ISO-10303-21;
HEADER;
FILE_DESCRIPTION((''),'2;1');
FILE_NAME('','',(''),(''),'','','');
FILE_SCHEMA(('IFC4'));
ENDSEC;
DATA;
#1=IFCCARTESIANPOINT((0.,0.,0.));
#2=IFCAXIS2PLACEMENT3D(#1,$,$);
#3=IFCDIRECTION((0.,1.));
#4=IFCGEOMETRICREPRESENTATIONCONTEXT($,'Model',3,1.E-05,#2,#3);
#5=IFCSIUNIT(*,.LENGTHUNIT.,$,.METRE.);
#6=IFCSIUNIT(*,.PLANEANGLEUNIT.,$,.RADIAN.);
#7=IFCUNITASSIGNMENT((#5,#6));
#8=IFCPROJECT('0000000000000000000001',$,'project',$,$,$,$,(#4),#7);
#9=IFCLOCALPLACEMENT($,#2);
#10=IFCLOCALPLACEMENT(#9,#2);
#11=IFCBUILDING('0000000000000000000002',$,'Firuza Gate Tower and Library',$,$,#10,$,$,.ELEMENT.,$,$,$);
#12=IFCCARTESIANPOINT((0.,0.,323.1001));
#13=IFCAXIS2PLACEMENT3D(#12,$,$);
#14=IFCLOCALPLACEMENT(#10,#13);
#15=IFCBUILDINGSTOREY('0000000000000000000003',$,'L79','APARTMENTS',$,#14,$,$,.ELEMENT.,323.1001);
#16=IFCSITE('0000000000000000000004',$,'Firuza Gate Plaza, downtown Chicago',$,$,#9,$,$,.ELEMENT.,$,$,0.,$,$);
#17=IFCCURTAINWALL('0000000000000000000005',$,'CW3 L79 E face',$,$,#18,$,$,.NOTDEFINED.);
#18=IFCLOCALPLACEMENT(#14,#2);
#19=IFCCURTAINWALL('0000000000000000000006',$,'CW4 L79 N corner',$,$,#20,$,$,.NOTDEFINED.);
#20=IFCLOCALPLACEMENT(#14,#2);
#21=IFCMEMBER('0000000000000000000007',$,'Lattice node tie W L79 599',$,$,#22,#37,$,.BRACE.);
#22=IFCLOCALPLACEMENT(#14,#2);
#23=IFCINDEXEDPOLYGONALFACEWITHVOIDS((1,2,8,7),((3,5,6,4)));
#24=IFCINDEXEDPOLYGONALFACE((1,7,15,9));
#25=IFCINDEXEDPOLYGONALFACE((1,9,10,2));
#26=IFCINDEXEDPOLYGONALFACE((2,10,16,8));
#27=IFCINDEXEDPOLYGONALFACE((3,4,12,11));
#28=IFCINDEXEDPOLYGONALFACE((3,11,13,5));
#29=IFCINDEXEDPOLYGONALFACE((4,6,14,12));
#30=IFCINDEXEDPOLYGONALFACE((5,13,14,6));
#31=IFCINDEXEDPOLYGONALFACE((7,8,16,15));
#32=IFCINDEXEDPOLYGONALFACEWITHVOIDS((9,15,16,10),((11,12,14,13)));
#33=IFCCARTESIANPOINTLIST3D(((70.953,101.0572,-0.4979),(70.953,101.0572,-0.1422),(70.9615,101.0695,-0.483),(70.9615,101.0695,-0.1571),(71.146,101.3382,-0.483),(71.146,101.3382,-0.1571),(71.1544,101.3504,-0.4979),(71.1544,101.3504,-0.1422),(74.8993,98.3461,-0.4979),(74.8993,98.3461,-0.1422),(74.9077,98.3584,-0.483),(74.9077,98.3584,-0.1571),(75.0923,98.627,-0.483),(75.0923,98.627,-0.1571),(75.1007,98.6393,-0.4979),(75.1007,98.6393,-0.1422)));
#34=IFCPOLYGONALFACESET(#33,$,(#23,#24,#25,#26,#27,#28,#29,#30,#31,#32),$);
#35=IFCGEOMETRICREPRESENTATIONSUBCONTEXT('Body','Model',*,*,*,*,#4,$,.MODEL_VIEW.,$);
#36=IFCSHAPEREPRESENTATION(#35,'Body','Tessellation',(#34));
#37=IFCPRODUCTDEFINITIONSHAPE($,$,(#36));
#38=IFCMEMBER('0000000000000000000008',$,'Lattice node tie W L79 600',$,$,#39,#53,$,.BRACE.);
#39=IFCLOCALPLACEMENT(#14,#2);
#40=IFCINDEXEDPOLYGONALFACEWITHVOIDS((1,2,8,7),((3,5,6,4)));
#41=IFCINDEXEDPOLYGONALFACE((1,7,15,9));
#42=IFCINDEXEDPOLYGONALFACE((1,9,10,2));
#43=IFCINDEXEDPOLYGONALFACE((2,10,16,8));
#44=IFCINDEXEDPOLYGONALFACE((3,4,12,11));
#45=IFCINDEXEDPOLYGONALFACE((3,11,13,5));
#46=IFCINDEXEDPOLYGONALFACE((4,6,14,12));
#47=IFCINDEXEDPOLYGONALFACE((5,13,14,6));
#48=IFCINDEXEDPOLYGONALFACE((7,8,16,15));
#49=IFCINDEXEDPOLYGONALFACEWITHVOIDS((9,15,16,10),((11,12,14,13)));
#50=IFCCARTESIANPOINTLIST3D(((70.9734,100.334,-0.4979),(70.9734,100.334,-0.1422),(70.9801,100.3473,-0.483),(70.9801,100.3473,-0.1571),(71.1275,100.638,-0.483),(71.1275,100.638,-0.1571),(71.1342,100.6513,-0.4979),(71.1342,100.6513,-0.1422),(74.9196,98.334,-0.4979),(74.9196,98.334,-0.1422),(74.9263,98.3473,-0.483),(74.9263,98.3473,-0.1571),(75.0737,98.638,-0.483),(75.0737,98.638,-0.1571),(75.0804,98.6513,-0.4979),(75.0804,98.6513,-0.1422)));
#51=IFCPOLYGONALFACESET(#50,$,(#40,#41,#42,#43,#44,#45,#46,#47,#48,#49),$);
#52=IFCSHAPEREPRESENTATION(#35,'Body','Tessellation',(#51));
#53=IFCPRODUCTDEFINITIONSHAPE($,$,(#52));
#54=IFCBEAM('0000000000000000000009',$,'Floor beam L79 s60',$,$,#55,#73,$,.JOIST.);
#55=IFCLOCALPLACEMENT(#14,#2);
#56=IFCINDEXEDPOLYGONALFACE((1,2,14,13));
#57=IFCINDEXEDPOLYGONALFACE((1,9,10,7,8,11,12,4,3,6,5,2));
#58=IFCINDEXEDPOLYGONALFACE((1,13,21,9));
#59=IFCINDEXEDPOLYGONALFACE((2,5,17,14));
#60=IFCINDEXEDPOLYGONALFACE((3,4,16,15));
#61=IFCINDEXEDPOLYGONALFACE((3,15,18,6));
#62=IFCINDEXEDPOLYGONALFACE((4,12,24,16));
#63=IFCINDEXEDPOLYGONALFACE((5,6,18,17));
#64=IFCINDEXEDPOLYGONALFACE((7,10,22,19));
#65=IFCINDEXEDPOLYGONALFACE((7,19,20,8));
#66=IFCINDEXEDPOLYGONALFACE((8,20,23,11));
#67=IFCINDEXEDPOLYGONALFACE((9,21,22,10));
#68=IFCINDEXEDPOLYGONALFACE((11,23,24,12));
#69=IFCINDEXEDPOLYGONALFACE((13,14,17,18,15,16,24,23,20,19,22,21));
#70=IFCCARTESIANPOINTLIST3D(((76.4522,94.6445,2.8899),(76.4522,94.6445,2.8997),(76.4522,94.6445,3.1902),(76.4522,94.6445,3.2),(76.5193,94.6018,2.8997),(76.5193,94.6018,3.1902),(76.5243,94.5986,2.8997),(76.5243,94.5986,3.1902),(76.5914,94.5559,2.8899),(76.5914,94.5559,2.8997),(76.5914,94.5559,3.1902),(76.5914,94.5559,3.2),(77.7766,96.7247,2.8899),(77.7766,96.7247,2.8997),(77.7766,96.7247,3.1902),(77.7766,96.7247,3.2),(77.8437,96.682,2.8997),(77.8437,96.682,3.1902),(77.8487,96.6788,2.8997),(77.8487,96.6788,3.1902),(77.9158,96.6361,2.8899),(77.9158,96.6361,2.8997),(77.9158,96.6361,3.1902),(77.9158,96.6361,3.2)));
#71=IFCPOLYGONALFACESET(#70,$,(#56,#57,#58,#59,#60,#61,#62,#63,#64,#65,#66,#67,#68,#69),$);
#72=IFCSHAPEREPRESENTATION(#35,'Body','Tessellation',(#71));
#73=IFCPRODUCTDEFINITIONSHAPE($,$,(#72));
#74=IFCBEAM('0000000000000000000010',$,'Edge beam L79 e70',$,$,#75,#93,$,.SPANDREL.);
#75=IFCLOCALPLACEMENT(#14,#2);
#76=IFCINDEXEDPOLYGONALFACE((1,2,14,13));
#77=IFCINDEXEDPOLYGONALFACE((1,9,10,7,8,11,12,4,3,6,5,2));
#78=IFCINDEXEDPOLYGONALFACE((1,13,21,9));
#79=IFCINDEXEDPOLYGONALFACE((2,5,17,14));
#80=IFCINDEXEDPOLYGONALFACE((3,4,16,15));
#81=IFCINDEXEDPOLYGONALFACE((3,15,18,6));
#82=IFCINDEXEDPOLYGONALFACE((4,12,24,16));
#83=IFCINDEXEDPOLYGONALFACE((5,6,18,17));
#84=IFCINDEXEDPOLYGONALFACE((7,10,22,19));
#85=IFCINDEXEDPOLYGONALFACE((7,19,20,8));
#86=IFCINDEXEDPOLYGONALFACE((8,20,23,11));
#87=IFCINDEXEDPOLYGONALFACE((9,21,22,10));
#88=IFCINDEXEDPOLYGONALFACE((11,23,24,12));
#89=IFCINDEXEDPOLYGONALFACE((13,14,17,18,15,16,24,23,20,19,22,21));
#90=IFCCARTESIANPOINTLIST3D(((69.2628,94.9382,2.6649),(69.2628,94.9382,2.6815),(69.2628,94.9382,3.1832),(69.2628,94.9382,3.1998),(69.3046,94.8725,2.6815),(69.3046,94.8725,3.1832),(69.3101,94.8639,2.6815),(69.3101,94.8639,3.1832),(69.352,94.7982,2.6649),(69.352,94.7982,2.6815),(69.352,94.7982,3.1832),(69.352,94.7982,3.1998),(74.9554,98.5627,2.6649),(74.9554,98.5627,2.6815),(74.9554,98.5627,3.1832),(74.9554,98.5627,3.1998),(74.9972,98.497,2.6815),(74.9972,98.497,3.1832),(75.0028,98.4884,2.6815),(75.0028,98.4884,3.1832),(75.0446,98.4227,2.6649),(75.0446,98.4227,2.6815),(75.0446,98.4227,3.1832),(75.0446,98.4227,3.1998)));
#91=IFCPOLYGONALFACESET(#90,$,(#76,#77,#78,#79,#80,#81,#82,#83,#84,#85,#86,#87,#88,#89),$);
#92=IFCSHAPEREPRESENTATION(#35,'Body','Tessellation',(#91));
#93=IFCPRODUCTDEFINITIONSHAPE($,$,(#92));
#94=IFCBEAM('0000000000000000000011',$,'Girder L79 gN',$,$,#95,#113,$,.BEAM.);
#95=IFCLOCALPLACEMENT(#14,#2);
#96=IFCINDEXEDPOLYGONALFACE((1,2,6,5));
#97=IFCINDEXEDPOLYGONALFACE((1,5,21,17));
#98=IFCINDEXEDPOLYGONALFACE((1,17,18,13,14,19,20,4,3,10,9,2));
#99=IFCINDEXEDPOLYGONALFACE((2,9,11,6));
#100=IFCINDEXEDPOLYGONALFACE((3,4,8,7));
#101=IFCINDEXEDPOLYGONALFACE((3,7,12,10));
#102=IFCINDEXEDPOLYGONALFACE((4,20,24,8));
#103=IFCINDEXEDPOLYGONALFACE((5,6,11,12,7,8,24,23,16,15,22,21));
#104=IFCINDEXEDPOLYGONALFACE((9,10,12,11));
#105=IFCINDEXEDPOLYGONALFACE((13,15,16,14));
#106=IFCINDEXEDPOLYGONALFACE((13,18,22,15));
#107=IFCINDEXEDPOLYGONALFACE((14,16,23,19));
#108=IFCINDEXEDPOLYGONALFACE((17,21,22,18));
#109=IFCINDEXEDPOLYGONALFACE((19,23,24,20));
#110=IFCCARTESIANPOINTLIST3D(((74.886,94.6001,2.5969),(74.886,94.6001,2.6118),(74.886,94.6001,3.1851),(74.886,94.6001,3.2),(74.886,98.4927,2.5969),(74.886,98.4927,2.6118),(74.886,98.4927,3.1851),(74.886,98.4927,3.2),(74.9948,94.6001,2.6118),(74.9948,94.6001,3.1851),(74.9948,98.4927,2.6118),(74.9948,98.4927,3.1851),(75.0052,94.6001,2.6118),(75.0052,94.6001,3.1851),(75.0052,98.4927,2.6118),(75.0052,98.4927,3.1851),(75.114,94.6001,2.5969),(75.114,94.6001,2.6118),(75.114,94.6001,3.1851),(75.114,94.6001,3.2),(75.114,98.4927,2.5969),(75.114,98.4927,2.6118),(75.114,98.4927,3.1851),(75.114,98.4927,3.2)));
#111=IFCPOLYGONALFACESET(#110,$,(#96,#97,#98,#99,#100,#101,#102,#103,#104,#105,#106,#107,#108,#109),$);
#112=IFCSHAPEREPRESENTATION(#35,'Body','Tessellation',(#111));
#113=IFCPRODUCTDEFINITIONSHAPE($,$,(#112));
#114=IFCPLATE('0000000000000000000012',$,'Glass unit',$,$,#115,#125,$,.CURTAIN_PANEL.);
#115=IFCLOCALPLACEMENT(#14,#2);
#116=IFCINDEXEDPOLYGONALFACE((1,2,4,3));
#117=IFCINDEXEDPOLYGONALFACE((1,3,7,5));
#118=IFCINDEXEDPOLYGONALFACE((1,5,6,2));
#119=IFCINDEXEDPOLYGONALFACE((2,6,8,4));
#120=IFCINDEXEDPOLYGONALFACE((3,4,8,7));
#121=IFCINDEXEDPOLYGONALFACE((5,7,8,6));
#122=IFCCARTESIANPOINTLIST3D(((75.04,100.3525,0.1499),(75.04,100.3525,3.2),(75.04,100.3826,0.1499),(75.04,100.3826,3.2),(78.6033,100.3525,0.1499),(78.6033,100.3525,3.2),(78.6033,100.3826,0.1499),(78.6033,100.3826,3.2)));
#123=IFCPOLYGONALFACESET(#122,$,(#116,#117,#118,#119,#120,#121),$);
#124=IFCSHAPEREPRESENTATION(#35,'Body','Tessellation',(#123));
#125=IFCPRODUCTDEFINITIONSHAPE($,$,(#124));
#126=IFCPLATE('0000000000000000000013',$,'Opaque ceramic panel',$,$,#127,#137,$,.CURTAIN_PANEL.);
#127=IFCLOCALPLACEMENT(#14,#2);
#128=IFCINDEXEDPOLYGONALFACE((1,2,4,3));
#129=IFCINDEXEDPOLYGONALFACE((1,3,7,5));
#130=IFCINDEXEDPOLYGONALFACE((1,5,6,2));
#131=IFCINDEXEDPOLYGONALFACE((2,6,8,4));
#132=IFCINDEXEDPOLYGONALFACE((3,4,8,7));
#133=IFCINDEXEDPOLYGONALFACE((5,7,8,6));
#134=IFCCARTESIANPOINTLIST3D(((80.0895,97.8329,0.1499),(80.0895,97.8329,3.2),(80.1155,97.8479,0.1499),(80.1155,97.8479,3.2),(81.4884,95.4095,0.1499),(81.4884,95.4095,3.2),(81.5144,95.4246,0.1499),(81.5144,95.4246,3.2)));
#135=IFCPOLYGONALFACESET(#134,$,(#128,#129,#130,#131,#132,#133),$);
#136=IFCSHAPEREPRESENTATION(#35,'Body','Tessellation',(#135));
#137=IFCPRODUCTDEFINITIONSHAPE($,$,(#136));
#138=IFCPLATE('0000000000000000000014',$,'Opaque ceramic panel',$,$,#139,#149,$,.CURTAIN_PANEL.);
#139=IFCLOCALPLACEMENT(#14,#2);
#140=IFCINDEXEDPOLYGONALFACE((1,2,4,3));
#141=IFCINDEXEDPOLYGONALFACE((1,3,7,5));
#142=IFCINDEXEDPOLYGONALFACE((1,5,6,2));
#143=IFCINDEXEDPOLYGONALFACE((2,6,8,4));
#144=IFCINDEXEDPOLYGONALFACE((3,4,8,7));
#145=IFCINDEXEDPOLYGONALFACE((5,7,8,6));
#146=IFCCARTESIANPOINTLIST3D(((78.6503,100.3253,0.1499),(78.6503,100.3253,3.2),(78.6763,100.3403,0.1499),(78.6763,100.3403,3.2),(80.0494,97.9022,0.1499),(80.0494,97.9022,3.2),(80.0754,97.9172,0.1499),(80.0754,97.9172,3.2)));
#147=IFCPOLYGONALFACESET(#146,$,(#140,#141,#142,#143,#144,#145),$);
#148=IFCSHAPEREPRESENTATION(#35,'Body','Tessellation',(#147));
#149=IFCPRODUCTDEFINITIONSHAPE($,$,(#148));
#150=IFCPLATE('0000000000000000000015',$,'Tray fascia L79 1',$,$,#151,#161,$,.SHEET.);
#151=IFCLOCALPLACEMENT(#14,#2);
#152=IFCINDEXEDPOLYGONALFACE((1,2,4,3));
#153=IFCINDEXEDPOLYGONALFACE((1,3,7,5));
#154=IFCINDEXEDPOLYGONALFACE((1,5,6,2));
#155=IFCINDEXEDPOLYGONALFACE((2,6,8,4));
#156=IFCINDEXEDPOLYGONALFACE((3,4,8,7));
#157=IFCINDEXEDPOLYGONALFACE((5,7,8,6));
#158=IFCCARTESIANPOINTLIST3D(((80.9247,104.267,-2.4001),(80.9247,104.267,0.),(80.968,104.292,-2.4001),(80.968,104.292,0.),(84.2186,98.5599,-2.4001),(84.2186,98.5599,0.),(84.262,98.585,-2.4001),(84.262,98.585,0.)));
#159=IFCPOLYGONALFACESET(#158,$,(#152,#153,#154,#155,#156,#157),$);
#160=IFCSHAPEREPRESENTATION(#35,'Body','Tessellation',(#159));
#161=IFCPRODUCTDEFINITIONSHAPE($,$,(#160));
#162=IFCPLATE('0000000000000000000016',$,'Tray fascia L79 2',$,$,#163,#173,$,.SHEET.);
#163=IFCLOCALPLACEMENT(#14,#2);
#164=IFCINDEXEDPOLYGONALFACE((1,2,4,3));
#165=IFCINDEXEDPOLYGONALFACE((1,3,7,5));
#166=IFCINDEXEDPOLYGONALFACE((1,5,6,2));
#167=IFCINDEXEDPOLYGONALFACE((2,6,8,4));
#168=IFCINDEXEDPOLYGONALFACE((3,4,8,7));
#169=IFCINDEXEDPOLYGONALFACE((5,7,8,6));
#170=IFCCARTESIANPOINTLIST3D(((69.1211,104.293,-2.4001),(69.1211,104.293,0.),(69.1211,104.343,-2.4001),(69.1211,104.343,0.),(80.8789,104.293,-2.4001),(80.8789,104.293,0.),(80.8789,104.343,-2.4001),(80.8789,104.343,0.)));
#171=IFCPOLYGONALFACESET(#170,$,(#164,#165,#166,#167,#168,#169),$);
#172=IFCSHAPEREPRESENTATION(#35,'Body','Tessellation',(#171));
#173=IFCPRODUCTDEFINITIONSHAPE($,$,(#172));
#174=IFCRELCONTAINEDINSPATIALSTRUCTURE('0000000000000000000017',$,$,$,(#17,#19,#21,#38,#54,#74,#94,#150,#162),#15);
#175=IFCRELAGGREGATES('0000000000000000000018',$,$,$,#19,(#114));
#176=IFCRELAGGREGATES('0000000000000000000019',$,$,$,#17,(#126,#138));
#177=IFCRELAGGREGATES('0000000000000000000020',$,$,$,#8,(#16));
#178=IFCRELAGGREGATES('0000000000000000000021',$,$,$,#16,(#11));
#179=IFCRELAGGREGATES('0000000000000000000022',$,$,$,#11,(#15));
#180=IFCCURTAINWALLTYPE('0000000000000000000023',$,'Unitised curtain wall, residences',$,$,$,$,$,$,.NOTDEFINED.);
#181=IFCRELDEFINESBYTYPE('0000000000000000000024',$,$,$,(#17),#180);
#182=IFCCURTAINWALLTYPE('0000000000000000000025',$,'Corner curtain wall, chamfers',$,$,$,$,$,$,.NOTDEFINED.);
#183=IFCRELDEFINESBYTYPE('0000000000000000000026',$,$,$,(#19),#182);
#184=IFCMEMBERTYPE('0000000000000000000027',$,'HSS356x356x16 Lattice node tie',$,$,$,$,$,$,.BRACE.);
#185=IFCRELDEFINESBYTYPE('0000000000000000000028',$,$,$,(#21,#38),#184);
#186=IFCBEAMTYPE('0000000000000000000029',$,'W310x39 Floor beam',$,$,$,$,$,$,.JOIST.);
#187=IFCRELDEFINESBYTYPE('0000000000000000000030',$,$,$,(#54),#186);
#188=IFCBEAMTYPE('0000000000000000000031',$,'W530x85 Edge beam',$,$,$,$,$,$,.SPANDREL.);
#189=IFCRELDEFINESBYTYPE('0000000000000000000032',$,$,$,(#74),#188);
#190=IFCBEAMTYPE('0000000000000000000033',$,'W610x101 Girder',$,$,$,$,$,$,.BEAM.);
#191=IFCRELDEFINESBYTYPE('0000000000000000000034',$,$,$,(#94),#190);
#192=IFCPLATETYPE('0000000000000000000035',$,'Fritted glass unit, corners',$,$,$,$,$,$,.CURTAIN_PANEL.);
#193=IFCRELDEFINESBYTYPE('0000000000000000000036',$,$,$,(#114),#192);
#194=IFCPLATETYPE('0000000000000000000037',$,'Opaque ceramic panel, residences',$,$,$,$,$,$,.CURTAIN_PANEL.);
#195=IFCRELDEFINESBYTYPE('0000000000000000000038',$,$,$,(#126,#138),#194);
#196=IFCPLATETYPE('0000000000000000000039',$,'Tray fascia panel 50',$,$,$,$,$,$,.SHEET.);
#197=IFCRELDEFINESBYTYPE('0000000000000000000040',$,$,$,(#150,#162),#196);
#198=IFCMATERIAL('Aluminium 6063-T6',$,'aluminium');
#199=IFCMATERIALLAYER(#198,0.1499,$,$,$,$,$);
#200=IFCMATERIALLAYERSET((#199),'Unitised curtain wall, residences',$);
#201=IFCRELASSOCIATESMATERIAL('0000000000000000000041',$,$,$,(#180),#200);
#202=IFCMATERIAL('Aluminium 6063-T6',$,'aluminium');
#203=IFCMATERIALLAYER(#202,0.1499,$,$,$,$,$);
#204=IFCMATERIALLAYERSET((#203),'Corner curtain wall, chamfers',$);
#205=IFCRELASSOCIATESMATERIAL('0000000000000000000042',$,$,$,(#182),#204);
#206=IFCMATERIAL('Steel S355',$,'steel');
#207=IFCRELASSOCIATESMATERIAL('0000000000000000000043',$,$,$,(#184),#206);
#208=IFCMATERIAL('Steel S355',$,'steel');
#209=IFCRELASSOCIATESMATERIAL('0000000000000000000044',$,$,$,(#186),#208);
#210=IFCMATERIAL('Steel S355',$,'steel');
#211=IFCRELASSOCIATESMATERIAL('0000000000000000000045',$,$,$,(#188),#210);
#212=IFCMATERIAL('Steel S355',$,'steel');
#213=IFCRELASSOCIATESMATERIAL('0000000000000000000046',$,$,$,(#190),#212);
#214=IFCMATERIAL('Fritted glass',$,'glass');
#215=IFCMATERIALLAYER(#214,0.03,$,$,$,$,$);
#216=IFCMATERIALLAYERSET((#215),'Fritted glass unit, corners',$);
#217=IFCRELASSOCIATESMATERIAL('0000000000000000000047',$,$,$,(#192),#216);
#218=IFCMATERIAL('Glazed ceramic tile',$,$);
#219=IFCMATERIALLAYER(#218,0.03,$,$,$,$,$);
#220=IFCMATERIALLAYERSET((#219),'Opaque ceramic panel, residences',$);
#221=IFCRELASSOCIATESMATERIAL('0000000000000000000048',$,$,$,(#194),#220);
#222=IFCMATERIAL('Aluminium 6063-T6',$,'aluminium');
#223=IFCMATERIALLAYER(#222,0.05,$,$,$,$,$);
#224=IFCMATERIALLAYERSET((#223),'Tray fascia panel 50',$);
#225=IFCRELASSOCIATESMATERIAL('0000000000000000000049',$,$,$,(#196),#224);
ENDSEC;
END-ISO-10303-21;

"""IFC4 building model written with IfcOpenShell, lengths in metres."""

from ifc_helpers import new_model, si_unit, direction, frame, origin, origin_2d, place, context, subcontext, project, spatial, polyline, hollow_rectangle, i_section, outline, extrude, material, layer, layer_set, material_profile, profile_set, type_object, element, aggregate, save


model = new_model("IFC4")

# Units and contexts
model_context = context("Model", 3, precision=1e-05, world=origin(), true_north=direction((0.0, 1.0)))
body_context = subcontext(model_context, "Body", "Model", "MODEL_VIEW")
ifc_project = project(units=[si_unit("LENGTHUNIT", "METRE"), si_unit("PLANEANGLEUNIT", "RADIAN")], contexts=[model_context])

# Site, building, storey
site_placement = place(None, origin())
site = spatial("IfcSite", under=ifc_project, at=site_placement, Name="Firuza Gate Plaza, downtown Chicago", CompositionType="ELEMENT", RefElevation=0.0)
building_placement = place(site_placement, origin())
building = spatial("IfcBuilding", under=site, at=building_placement, Name="Firuza Gate Tower and Library", CompositionType="ELEMENT")
storey_placement = place(building_placement, frame((0.0, 0.0, 323.1001)))
storey = spatial("IfcBuildingStorey", under=building, at=storey_placement, Name="L79", Description="APARTMENTS", CompositionType="ELEMENT", Elevation=323.1001)

# Curtain walls
ifc_material_1 = material(Name="Aluminium 6063-T6", Category="aluminium")
ifc_layer_1 = layer(ifc_material_1, 0.1499)
ifc_layer_set_1 = layer_set([ifc_layer_1], Name="Unitised curtain wall, residences")
curtain_wall_type_1 = type_object("IfcCurtainWallType", Name="Unitised curtain wall, residences", PredefinedType="NOTDEFINED", material=ifc_layer_set_1)
placement = place(storey_placement, origin())
curtain_wall_1 = element("IfcCurtainWall", 1, at=placement, inside=storey, type_object=curtain_wall_type_1, Name="CW3 L79 E face", PredefinedType="NOTDEFINED")
ifc_material_2 = material(Name="Aluminium 6063-T6", Category="aluminium")
ifc_layer_2 = layer(ifc_material_2, 0.1499)
ifc_layer_set_2 = layer_set([ifc_layer_2], Name="Corner curtain wall, chamfers")
curtain_wall_type_2 = type_object("IfcCurtainWallType", Name="Corner curtain wall, chamfers", PredefinedType="NOTDEFINED", material=ifc_layer_set_2)
curtain_wall_2 = element("IfcCurtainWall", 2, at=placement, inside=storey, type_object=curtain_wall_type_2, Name="CW4 L79 N corner", PredefinedType="NOTDEFINED")

# Members
ifc_material_3 = material(Name="Steel S355", Category="steel")
ifc_material_profile_1 = material_profile(ifc_material_3, hollow_rectangle(XDim=0.3557, YDim=0.3557, WallThickness=0.0149, at=origin_2d()))
ifc_profile_set_1 = profile_set([ifc_material_profile_1], Name="Steel S355")
member_type_1 = type_object("IfcMemberType", Name="HSS356x356x16 Lattice node tie", PredefinedType="BRACE", material=ifc_profile_set_1)
member_1_placement = place(storey_placement, frame((75.0, 98.4927, -0.3201), z_axis=(-0.824226, 0.56626, 0.0), x_axis=(-0.56626, -0.824226, 0.0)))
element("IfcMember", 3, at=member_1_placement, inside=storey, type_object=member_type_1, Name="Lattice node tie W L79 599", PredefinedType="BRACE", context=body_context, shape_type="SweptSolid", body=[
    extrude(hollow_rectangle(XDim=0.3557, YDim=0.3557, WallThickness=0.0149, at=origin_2d()), origin(), (0.0, 0.0, 1.0), 4.7878),
])
member_2_placement = place(storey_placement, frame((75.0, 98.4927, -0.3201), z_axis=(-0.891986, 0.452063, 0.0), x_axis=(-0.452063, -0.891986, 0.0)))
element("IfcMember", 4, at=member_2_placement, inside=storey, type_object=member_type_1, Name="Lattice node tie W L79 600", PredefinedType="BRACE", context=body_context, shape_type="SweptSolid", body=[
    extrude(hollow_rectangle(XDim=0.3557, YDim=0.3557, WallThickness=0.0149, at=origin_2d()), origin(), (0.0, 0.0, 1.0), 4.4241),
])

# Beams
ifc_material_4 = material(Name="Steel S355", Category="steel")
ifc_material_profile_2 = material_profile(ifc_material_4, i_section(OverallWidth=0.165, OverallDepth=0.3101, WebThickness=0.0059, FlangeThickness=0.0098, at=origin_2d()))
ifc_profile_set_2 = profile_set([ifc_material_profile_2], Name="Steel S355")
beam_type_1 = type_object("IfcBeamType", Name="W310x39 Floor beam", PredefinedType="JOIST", material=ifc_profile_set_2)
beam_1_placement = place(storey_placement, frame((77.8462, 96.6804, 3.0449), z_axis=(-0.537055, -0.843547, 0.0), x_axis=(0.843547, -0.537055, 0.0)))
element("IfcBeam", 5, at=beam_1_placement, inside=storey, type_object=beam_type_1, Name="Floor beam L79 s60", PredefinedType="JOIST", context=body_context, shape_type="SweptSolid", body=[
    extrude(i_section(OverallWidth=0.165, OverallDepth=0.3101, WebThickness=0.0059, FlangeThickness=0.0098, at=origin_2d()), origin(), (0.0, 0.0, 1.0), 2.4661),
])
ifc_material_5 = material(Name="Steel S355", Category="steel")
ifc_material_profile_3 = material_profile(ifc_material_5, i_section(OverallWidth=0.166, OverallDepth=0.5349, WebThickness=0.0103, FlangeThickness=0.0166, at=origin_2d()))
ifc_profile_set_3 = profile_set([ifc_material_profile_3], Name="Steel S355")
beam_type_2 = type_object("IfcBeamType", Name="W530x85 Edge beam", PredefinedType="SPANDREL", material=ifc_profile_set_3)
beam_2_placement = place(storey_placement, frame((75.0, 98.4927, 2.9324), z_axis=(-0.843532, -0.537079, 0.0), x_axis=(0.537079, -0.843532, 0.0)))
element("IfcBeam", 6, at=beam_2_placement, inside=storey, type_object=beam_type_2, Name="Edge beam L79 e70", PredefinedType="SPANDREL", context=body_context, shape_type="SweptSolid", body=[
    extrude(i_section(OverallWidth=0.166, OverallDepth=0.5349, WebThickness=0.0103, FlangeThickness=0.0166, at=origin_2d()), origin(), (0.0, 0.0, 1.0), 6.7485),
])
ifc_material_6 = material(Name="Steel S355", Category="steel")
ifc_material_profile_4 = material_profile(ifc_material_6, i_section(OverallWidth=0.228, OverallDepth=0.603, WebThickness=0.0105, FlangeThickness=0.0149, at=origin_2d()))
ifc_profile_set_4 = profile_set([ifc_material_profile_4], Name="Steel S355")
beam_type_3 = type_object("IfcBeamType", Name="W610x101 Girder", PredefinedType="BEAM", material=ifc_profile_set_4)
beam_3_placement = place(storey_placement, frame((75.0, 98.4927, 2.8984), z_axis=(0.0, -1.0, 0.0), x_axis=(1.0, 0.0, 0.0)))
element("IfcBeam", 7, at=beam_3_placement, inside=storey, type_object=beam_type_3, Name="Girder L79 gN", PredefinedType="BEAM", context=body_context, shape_type="SweptSolid", body=[
    extrude(i_section(OverallWidth=0.228, OverallDepth=0.603, WebThickness=0.0105, FlangeThickness=0.0149, at=origin_2d()), origin(), (0.0, 0.0, 1.0), 3.8926),
])

# Plates
ifc_material_7 = material(Name="Fritted glass", Category="glass")
ifc_layer_3 = layer(ifc_material_7, 0.03)
ifc_layer_set_3 = layer_set([ifc_layer_3], Name="Fritted glass unit, corners")
plate_type_1 = type_object("IfcPlateType", Name="Fritted glass unit, corners", PredefinedType="CURTAIN_PANEL", material=ifc_layer_set_3)
plate_1_placement = place(storey_placement, frame((78.6033, 100.3826, 0.1499), z_axis=(0.0, 1.0, 0.0), x_axis=(-1.0, 0.0, 0.0)))
plate_1 = element("IfcPlate", 8, at=plate_1_placement, type_object=plate_type_1, Name="Glass unit", PredefinedType="CURTAIN_PANEL", context=body_context, shape_type="SweptSolid", body=[
    extrude(outline(polyline([(0.0, 0.0), (3.5632, 0.0), (3.5632, 3.05), (0.0, 3.05), (0.0, 0.0)])), origin(), (0.0, 0.0, -1.0), 0.03),
])
aggregate(curtain_wall_2, [plate_1])
ifc_material_8 = material(Name="Glazed ceramic tile")
ifc_layer_4 = layer(ifc_material_8, 0.03)
ifc_layer_set_4 = layer_set([ifc_layer_4], Name="Opaque ceramic panel, residences")
plate_type_2 = type_object("IfcPlateType", Name="Opaque ceramic panel, residences", PredefinedType="CURTAIN_PANEL", material=ifc_layer_set_4)
plate_2_placement = place(storey_placement, frame((81.5144, 95.4246, 0.1499), z_axis=(0.866055, 0.499949, 0.0), x_axis=(-0.499949, 0.866055, 0.0)))
plate_2 = element("IfcPlate", 9, at=plate_2_placement, type_object=plate_type_2, Name="Opaque ceramic panel", PredefinedType="CURTAIN_PANEL", context=body_context, shape_type="SweptSolid", body=[
    extrude(outline(polyline([(0.0, 0.0), (2.7981, 0.0), (2.7981, 3.05), (0.0, 3.05), (0.0, 0.0)])), origin(), (0.0, 0.0, -1.0), 0.03),
])
plate_3_placement = place(storey_placement, frame((80.0754, 97.9172, 0.1499), z_axis=(0.865995, 0.500052, 0.0), x_axis=(-0.500052, 0.865995, 0.0)))
plate_3 = element("IfcPlate", 10, at=plate_3_placement, type_object=plate_type_2, Name="Opaque ceramic panel", PredefinedType="CURTAIN_PANEL", context=body_context, shape_type="SweptSolid", body=[
    extrude(outline(polyline([(0.0, 0.0), (2.798, 0.0), (2.798, 3.05), (0.0, 3.05), (0.0, 0.0)])), origin(), (0.0, 0.0, -1.0), 0.03),
])
aggregate(curtain_wall_1, [plate_2, plate_3])

# Plates
ifc_material_9 = material(Name="Aluminium 6063-T6", Category="aluminium")
ifc_layer_5 = layer(ifc_material_9, 0.05)
ifc_layer_set_5 = layer_set([ifc_layer_5], Name="Tray fascia panel 50")
plate_type_3 = type_object("IfcPlateType", Name="Tray fascia panel 50", PredefinedType="SHEET", material=ifc_layer_set_5)
plate_4_placement = place(storey_placement, frame((84.262, 98.585, -2.4001), z_axis=(0.866092, 0.499885, 0.0), x_axis=(-0.499885, 0.866092, 0.0)))
element("IfcPlate", 11, at=plate_4_placement, inside=storey, type_object=plate_type_3, Name="Tray fascia L79 1", PredefinedType="SHEET", context=body_context, shape_type="SweptSolid", body=[
    extrude(outline(polyline([(0.0, 0.0), (6.5894, 0.0), (6.5894, 2.4001), (0.0, 2.4001), (0.0, 0.0)])), origin(), (0.0, 0.0, -1.0), 0.05),
])
plate_5_placement = place(storey_placement, frame((80.8789, 104.343, -2.4001), z_axis=(0.0, 1.0, 0.0), x_axis=(-1.0, 0.0, 0.0)))
element("IfcPlate", 12, at=plate_5_placement, inside=storey, type_object=plate_type_3, Name="Tray fascia L79 2", PredefinedType="SHEET", context=body_context, shape_type="SweptSolid", body=[
    extrude(outline(polyline([(0.0, 0.0), (11.7578, 0.0), (11.7578, 2.4001), (0.0, 2.4001), (0.0, 0.0)])), origin(), (0.0, 0.0, -1.0), 0.05),
])

save(model, "model.ifc")
